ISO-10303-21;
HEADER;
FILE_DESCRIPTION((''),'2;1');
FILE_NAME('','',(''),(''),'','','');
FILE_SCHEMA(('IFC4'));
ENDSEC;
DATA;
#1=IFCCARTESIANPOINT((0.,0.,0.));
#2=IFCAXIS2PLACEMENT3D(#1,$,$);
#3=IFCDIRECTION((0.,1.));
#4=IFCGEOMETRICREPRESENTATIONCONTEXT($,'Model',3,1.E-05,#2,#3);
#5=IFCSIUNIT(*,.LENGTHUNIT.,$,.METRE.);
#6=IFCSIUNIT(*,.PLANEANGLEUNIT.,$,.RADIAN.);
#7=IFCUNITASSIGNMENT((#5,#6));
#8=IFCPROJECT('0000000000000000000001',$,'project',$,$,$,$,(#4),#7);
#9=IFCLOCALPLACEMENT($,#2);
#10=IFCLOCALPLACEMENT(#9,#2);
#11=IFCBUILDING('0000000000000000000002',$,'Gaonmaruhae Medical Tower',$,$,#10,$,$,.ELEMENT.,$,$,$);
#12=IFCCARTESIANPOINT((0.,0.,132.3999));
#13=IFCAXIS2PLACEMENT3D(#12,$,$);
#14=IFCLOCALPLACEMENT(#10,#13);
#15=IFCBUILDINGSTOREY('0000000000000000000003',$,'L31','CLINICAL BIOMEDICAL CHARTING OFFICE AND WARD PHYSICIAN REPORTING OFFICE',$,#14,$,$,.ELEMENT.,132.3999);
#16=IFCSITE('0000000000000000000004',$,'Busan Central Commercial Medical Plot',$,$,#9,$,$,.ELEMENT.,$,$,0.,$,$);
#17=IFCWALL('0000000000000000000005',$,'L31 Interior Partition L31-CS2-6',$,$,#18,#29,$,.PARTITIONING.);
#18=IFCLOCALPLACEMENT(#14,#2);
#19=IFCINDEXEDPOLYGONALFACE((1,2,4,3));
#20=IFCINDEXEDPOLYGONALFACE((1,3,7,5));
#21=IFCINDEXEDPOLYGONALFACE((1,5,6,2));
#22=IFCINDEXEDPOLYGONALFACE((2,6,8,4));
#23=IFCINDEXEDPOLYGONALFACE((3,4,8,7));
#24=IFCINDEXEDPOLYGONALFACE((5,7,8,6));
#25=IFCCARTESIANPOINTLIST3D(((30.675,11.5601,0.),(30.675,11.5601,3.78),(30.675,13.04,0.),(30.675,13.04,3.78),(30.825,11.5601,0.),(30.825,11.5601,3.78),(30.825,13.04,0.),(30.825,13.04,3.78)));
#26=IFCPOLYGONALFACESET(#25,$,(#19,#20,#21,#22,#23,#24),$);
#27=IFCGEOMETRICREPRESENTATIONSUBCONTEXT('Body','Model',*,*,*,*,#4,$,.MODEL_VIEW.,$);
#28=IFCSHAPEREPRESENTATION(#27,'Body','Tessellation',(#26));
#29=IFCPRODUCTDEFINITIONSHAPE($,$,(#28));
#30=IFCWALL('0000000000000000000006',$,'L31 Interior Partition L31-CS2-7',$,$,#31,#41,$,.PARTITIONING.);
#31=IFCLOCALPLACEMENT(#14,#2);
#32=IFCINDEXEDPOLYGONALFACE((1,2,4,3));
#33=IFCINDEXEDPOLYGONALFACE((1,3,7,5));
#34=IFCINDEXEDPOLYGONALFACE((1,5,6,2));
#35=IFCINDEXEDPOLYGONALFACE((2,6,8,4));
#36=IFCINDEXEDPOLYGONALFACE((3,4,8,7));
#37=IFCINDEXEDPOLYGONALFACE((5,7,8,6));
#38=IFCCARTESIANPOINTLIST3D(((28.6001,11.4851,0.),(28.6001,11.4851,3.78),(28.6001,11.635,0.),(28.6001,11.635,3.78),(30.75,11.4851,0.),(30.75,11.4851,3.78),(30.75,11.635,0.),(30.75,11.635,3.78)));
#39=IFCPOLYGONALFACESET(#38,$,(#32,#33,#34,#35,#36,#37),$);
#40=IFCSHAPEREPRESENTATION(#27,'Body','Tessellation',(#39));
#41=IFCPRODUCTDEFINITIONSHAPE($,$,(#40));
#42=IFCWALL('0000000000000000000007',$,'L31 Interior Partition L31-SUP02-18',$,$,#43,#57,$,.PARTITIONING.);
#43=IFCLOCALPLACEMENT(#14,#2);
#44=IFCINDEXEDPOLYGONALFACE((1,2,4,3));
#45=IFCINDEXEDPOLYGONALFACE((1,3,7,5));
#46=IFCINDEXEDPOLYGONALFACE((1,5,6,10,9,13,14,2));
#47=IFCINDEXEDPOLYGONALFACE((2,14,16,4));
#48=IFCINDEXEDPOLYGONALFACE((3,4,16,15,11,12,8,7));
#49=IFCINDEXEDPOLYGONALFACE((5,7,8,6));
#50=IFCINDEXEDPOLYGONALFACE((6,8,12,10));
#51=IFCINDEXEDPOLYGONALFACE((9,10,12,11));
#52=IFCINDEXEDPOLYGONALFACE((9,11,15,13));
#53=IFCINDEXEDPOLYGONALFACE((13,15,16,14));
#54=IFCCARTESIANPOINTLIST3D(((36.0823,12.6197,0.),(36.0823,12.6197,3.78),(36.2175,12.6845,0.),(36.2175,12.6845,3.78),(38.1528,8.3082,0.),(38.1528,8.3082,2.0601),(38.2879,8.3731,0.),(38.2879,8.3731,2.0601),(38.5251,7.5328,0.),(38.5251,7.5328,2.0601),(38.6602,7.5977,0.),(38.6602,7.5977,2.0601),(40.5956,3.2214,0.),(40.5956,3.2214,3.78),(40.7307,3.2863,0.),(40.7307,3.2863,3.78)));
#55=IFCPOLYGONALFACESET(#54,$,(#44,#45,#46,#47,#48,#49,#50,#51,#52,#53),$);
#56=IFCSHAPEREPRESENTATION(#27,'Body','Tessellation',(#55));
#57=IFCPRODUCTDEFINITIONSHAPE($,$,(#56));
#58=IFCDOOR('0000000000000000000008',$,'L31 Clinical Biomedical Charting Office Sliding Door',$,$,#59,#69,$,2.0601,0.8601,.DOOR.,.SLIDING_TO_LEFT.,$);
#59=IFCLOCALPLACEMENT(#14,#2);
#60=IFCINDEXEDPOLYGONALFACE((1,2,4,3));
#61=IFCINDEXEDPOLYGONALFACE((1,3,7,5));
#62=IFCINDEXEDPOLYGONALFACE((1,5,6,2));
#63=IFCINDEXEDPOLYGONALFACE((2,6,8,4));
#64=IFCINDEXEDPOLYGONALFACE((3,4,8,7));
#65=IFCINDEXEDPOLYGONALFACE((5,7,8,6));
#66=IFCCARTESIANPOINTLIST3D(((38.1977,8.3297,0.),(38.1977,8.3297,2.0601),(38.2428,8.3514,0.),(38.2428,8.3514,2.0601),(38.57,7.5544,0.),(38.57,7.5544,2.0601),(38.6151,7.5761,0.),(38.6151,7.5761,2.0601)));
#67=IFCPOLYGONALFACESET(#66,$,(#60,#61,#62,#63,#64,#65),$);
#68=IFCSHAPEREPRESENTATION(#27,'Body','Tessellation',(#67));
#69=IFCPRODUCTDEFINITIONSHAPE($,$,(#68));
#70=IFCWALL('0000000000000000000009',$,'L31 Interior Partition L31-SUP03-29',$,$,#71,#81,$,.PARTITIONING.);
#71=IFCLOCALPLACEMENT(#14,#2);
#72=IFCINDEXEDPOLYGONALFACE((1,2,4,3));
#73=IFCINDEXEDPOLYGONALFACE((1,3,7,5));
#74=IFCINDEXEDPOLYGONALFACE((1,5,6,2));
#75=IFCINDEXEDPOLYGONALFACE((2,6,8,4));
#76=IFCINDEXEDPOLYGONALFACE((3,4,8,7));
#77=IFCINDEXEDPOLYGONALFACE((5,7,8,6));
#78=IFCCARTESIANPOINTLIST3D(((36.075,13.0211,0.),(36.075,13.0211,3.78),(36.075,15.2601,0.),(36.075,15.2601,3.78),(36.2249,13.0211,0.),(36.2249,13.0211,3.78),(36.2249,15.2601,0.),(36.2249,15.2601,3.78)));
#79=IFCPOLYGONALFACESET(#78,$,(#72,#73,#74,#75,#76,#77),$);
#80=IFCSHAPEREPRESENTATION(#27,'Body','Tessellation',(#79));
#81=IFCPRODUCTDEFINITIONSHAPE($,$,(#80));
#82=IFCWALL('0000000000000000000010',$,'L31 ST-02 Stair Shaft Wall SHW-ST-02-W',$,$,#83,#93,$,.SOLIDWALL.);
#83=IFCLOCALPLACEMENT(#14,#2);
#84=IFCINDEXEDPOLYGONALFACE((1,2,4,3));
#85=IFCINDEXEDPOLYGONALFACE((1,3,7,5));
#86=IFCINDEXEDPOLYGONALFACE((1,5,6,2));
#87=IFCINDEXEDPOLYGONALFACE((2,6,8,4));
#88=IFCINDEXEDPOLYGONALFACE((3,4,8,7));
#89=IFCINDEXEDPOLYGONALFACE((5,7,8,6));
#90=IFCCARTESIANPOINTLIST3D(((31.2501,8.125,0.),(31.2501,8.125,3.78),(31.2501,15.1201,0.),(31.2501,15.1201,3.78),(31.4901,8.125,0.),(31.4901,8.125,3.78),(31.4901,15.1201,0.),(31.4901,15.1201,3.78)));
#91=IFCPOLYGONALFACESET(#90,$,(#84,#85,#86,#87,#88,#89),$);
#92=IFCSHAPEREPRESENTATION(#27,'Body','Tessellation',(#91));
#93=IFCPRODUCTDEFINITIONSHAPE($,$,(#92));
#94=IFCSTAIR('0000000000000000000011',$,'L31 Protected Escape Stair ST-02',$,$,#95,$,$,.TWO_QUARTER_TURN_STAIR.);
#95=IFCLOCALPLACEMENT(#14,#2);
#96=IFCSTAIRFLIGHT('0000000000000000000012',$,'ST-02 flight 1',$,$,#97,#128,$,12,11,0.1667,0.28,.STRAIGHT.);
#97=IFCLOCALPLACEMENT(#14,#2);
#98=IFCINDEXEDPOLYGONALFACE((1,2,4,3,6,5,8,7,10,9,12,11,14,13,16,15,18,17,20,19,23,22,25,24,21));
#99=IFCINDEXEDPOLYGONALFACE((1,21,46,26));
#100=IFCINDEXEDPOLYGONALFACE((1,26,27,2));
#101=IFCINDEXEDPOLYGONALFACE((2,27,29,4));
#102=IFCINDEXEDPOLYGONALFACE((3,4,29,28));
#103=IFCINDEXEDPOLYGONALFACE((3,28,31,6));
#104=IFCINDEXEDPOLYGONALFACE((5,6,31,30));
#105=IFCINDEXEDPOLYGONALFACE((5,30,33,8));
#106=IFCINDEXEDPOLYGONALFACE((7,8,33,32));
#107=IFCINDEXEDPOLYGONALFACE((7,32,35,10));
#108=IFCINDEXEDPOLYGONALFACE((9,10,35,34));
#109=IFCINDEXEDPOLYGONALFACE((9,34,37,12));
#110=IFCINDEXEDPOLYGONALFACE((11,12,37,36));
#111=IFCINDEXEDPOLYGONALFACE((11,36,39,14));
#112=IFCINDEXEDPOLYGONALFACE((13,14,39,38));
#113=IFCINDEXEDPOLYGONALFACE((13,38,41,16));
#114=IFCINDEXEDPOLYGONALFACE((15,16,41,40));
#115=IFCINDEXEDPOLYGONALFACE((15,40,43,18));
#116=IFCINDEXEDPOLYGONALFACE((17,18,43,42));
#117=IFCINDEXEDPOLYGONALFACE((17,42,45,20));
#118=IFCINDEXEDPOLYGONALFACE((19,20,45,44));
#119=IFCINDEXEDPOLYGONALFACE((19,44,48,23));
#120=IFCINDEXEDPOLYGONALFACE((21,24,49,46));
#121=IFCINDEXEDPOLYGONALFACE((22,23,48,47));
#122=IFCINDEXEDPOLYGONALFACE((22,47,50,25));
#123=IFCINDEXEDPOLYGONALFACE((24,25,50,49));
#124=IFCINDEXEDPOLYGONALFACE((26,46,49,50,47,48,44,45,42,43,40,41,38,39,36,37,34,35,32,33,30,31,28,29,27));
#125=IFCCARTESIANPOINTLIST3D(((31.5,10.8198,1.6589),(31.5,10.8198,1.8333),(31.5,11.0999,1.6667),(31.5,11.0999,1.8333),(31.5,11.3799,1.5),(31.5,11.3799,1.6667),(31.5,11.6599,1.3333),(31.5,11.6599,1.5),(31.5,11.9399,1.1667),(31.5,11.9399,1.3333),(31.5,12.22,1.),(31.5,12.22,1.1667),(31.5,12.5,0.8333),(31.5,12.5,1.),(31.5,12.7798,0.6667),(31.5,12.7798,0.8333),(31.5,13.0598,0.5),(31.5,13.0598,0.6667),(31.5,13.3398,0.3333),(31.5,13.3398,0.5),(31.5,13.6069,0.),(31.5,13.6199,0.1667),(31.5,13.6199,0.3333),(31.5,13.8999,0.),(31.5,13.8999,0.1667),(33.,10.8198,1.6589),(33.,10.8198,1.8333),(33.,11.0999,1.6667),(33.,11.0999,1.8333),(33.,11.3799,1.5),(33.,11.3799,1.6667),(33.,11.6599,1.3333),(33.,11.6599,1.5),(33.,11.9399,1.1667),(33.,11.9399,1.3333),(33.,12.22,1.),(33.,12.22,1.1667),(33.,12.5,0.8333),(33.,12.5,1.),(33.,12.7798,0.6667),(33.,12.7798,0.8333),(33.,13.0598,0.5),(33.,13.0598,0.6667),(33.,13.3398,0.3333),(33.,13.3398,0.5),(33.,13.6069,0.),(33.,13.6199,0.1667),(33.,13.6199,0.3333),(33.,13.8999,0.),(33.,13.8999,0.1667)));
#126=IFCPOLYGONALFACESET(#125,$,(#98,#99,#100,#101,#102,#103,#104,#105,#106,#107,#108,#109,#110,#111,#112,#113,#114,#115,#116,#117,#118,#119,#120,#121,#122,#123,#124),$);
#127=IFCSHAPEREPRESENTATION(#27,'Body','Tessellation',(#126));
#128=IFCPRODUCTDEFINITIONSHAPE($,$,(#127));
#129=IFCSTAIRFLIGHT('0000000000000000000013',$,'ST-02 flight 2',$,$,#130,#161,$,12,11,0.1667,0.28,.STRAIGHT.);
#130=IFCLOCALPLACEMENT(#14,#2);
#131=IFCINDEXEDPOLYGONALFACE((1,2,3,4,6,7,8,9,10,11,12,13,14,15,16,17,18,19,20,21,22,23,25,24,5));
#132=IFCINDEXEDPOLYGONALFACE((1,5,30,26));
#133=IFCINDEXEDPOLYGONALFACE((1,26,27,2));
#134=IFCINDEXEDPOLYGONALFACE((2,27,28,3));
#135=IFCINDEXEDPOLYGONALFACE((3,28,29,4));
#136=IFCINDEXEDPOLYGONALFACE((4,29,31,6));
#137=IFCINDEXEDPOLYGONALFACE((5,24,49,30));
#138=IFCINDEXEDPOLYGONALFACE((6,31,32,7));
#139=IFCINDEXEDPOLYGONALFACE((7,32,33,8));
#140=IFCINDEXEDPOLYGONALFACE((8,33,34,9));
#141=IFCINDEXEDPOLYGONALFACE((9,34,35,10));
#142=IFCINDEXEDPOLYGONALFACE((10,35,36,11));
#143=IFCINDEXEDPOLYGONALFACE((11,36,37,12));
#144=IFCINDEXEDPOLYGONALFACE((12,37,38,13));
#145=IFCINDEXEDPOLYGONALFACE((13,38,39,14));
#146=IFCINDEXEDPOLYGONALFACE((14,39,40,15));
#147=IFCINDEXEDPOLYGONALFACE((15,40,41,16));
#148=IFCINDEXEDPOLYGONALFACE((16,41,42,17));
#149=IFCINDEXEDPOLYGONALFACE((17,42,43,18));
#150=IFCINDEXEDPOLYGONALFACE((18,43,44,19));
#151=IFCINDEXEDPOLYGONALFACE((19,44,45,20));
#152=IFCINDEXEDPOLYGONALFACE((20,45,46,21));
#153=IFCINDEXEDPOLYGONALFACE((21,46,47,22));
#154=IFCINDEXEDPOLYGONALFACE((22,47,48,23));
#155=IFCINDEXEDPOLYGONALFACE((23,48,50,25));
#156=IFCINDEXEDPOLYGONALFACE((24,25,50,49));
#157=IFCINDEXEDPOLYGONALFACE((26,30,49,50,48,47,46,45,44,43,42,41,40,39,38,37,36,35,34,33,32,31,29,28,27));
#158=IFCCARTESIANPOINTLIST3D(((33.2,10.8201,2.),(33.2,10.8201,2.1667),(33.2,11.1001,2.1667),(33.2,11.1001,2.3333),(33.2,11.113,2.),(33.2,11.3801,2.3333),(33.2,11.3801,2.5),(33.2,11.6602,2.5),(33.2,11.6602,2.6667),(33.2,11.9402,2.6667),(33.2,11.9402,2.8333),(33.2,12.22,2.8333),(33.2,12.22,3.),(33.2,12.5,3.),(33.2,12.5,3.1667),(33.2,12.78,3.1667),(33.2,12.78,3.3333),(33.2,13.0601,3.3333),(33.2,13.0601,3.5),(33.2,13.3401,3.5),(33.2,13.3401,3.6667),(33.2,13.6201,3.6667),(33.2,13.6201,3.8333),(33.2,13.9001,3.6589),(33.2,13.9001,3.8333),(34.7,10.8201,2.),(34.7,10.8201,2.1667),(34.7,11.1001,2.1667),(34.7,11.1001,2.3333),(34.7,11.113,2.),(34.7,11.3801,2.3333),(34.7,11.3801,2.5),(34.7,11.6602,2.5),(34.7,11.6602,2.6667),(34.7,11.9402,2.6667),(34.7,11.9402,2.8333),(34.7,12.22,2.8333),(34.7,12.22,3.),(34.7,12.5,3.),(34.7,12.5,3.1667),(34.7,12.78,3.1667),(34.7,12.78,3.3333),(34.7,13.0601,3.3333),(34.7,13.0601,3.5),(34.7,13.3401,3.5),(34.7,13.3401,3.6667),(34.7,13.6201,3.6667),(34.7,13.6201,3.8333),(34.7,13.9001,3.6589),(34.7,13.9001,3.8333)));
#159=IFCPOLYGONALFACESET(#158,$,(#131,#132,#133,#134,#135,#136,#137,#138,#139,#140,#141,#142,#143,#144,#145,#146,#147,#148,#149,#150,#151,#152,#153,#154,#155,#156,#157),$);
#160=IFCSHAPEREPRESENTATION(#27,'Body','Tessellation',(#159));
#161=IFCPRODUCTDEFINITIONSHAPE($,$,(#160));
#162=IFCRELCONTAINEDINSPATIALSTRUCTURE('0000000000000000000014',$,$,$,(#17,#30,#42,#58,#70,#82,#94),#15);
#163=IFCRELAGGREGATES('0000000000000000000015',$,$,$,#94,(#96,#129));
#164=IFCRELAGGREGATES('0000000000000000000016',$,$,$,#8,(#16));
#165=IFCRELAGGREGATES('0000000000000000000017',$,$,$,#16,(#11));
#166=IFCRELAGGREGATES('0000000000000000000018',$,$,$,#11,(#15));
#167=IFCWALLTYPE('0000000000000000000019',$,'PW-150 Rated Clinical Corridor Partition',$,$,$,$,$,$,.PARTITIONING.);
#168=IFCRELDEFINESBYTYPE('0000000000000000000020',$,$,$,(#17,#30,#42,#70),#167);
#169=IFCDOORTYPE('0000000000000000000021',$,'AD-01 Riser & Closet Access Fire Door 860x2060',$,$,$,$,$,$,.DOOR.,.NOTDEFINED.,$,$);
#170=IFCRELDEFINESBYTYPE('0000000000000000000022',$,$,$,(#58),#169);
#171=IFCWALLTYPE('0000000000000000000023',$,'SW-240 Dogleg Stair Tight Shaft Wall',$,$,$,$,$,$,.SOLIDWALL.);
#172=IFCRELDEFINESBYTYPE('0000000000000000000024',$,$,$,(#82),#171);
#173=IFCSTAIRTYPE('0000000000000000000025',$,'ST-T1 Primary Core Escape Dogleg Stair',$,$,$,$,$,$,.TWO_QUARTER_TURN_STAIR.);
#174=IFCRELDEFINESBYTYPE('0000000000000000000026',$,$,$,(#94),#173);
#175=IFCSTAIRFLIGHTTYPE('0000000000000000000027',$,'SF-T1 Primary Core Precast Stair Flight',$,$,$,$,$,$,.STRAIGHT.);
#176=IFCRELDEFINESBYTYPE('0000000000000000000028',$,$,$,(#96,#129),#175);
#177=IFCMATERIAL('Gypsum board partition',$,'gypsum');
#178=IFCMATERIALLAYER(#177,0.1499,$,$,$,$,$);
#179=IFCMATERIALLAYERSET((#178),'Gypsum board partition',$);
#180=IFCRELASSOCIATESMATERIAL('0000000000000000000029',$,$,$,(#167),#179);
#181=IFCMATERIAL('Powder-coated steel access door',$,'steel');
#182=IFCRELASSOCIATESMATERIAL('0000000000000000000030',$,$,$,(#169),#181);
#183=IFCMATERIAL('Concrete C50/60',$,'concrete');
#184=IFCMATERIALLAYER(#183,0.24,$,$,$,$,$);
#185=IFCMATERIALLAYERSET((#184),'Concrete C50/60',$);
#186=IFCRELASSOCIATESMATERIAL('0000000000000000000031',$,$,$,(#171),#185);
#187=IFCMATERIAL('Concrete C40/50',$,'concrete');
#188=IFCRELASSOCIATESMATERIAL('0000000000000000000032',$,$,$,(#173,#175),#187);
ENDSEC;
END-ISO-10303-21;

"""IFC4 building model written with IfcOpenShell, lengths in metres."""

from ifc_helpers import new_model, si_unit, direction, frame, frame_2d, origin, place, context, subcontext, project, spatial, polyline, rectangle, outline, extrude, material, layer, layer_set, type_object, element, fill, aggregate, save


model = new_model("IFC4")

# Units and contexts
model_context = context("Model", 3, precision=1e-05, world=origin(), true_north=direction((0.0, 1.0)))
body_context = subcontext(model_context, "Body", "Model", "MODEL_VIEW")
ifc_project = project(units=[si_unit("LENGTHUNIT", "METRE"), si_unit("PLANEANGLEUNIT", "RADIAN")], contexts=[model_context])

# Site, building, storey
site_placement = place(None, origin())
site = spatial("IfcSite", under=ifc_project, at=site_placement, Name="Busan Central Commercial Medical Plot", CompositionType="ELEMENT", RefElevation=0.0)
building_placement = place(site_placement, origin())
building = spatial("IfcBuilding", under=site, at=building_placement, Name="Gaonmaruhae Medical Tower", CompositionType="ELEMENT")
storey_placement = place(building_placement, frame((0.0, 0.0, 132.3999)))
storey = spatial("IfcBuildingStorey", under=building, at=storey_placement, Name="L31", Description="CLINICAL BIOMEDICAL CHARTING OFFICE AND WARD PHYSICIAN REPORTING OFFICE", CompositionType="ELEMENT", Elevation=132.3999)

# Shared definitions
ifc_material_1 = material(Name="Gypsum board partition", Category="gypsum")
ifc_layer_1 = layer(ifc_material_1, 0.1499)
ifc_layer_set_1 = layer_set([ifc_layer_1], Name="Gypsum board partition")
wall_type_1 = type_object("IfcWallType", Name="PW-150 Rated Clinical Corridor Partition", PredefinedType="PARTITIONING", material=ifc_layer_set_1)

# Walls
wall_1_placement = place(storey_placement, frame((30.75, 13.04, 0.0), z_axis=(0.0, 0.0, 1.0), x_axis=(0.0, -1.0, 0.0)))
element("IfcWall", 1, at=wall_1_placement, inside=storey, type_object=wall_type_1, Name="L31 Interior Partition L31-CS2-6", PredefinedType="PARTITIONING", context=body_context, shape_type="SweptSolid", body=[
    extrude(rectangle(XDim=1.48, YDim=0.1499, at=frame_2d((0.74, 0.0))), origin(), (0.0, 0.0, 1.0), 3.78),
])
wall_2_placement = place(storey_placement, frame((30.75, 11.5601, 0.0), z_axis=(0.0, 0.0, 1.0), x_axis=(-1.0, 0.0, 0.0)))
element("IfcWall", 2, at=wall_2_placement, inside=storey, type_object=wall_type_1, Name="L31 Interior Partition L31-CS2-7", PredefinedType="PARTITIONING", context=body_context, shape_type="SweptSolid", body=[
    extrude(rectangle(XDim=2.1499, YDim=0.1499, at=frame_2d((1.075, 0.0))), origin(), (0.0, 0.0, 1.0), 3.78),
])

# Wall, opening, door
wall_3_placement = place(storey_placement, frame((36.1499, 12.6521, 0.0), z_axis=(0.0, 0.0, 1.0), x_axis=(0.432891, -0.901446, 0.0)))
wall_3 = element("IfcWall", 3, at=wall_3_placement, inside=storey, type_object=wall_type_1, Name="L31 Interior Partition L31-SUP02-18", PredefinedType="PARTITIONING", context=body_context, shape_type="SweptSolid", body=[
    extrude(rectangle(XDim=10.4258, YDim=0.1499, at=frame_2d((5.2129, 0.0))), origin(), (0.0, 0.0, 1.0), 3.78),
])
opening_1_placement = place(wall_3_placement, frame((4.7827, 0.0, 0.0)))
opening_1 = element("IfcOpeningElement", 4, at=opening_1_placement, cuts=wall_3, PredefinedType="OPENING", context=body_context, shape_type="SweptSolid", body=[
    extrude(rectangle(XDim=0.8601, YDim=2.0601, at=frame_2d((0.4302, 1.03))), frame((0.0, 0.085, 0.0), z_axis=(0.0, -1.0, 0.0), x_axis=(1.0, 0.0, 0.0)), (0.0, 0.0, 1.0), 0.1699),
])
ifc_material_2 = material(Name="Powder-coated steel access door", Category="steel")
door_type_1 = type_object("IfcDoorType", Name="AD-01 Riser & Closet Access Fire Door 860x2060", OperationType="NOTDEFINED", PredefinedType="DOOR", material=ifc_material_2)
door_1_placement = place(opening_1_placement, origin())
door_1 = element("IfcDoor", 5, at=door_1_placement, inside=storey, type_object=door_type_1, Name="L31 Clinical Biomedical Charting Office Sliding Door", OperationType="SLIDING_TO_LEFT", OverallHeight=2.0601, OverallWidth=0.8601, PredefinedType="DOOR", context=body_context, shape_type="SweptSolid", body=[
    extrude(rectangle(XDim=0.8601, YDim=2.0601, at=frame_2d((0.4302, 1.03))), frame((0.0, 0.0249, 0.0), z_axis=(0.0, -1.0, 0.0), x_axis=(1.0, 0.0, 0.0)), (0.0, 0.0, 1.0), 0.05),
])
fill(opening_1, door_1)

# Walls
wall_4_placement = place(storey_placement, frame((36.1499, 13.021, 0.0), z_axis=(0.0, 0.0, 1.0), x_axis=(0.0, 1.0, 0.0)))
element("IfcWall", 6, at=wall_4_placement, inside=storey, type_object=wall_type_1, Name="L31 Interior Partition L31-SUP03-29", PredefinedType="PARTITIONING", context=body_context, shape_type="SweptSolid", body=[
    extrude(rectangle(XDim=2.239, YDim=0.1499, at=frame_2d((1.1196, 0.0))), origin(), (0.0, 0.0, 1.0), 3.78),
])
ifc_material_3 = material(Name="Concrete C50/60", Category="concrete")
ifc_layer_2 = layer(ifc_material_3, 0.24)
ifc_layer_set_2 = layer_set([ifc_layer_2], Name="Concrete C50/60")
wall_type_2 = type_object("IfcWallType", Name="SW-240 Dogleg Stair Tight Shaft Wall", PredefinedType="SOLIDWALL", material=ifc_layer_set_2)
wall_5_placement = place(storey_placement, frame((31.3701, 8.125, 0.0), z_axis=(0.0, 0.0, 1.0), x_axis=(0.0, 1.0, 0.0)))
element("IfcWall", 7, at=wall_5_placement, inside=storey, type_object=wall_type_2, Name="L31 ST-02 Stair Shaft Wall SHW-ST-02-W", PredefinedType="SOLIDWALL", context=body_context, shape_type="SweptSolid", body=[
    extrude(rectangle(XDim=6.9951, YDim=0.24, at=frame_2d((3.4976, 0.0))), origin(), (0.0, 0.0, 1.0), 3.78),
])

# Stair, stair flights
ifc_material_4 = material(Name="Concrete C40/50", Category="concrete")
stair_type = type_object("IfcStairType", Name="ST-T1 Primary Core Escape Dogleg Stair", PredefinedType="TWO_QUARTER_TURN_STAIR", material=ifc_material_4)
stair_placement = place(storey_placement, origin())
stair = element("IfcStair", 8, at=stair_placement, inside=storey, type_object=stair_type, Name="L31 Protected Escape Stair ST-02", PredefinedType="TWO_QUARTER_TURN_STAIR")
stair_flight_type = type_object("IfcStairFlightType", Name="SF-T1 Primary Core Precast Stair Flight", PredefinedType="STRAIGHT", material=ifc_material_4)
stair_flight_1_placement = place(storey_placement, frame((32.25, 13.8999, 0.0), z_axis=(0.0, 0.0, 1.0), x_axis=(0.0, -1.0, 0.0)))
stair_flight_1 = element("IfcStairFlight", 9, at=stair_flight_1_placement, type_object=stair_flight_type, Name="ST-02 flight 1", NumberOfRisers=12, NumberOfTreads=11, PredefinedType="STRAIGHT", RiserHeight=0.1667, TreadLength=0.28, context=body_context, shape_type="SweptSolid", body=[
    extrude(outline(polyline([(0.0, 0.0), (0.0, 0.1667), (0.28, 0.1667), (0.28, 0.3333), (0.5601, 0.3333), (0.5601, 0.5), (0.8401, 0.5), (0.8401, 0.6667), (1.1201, 0.6667), (1.1201, 0.8333), (1.3999, 0.8333), (1.3999, 1.0), (1.6799, 1.0), (1.6799, 1.1667), (1.96, 1.1667), (1.96, 1.3333), (2.24, 1.3333), (2.24, 1.5), (2.52, 1.5), (2.52, 1.6667), (2.8, 1.6667), (2.8, 1.8333), (3.0801, 1.8333), (3.0801, 2.0), (3.0801, 1.6589), (0.293, 0.0), (0.0, 0.0)])), frame((0.0, 0.75, 0.0), z_axis=(0.0, -1.0, 0.0), x_axis=(1.0, 0.0, 0.0)), (0.0, 0.0, 1.0), 1.5),
])
stair_flight_2_placement = place(storey_placement, frame((33.95, 10.8201, 2.0), z_axis=(0.0, 0.0, 1.0), x_axis=(0.0, 1.0, 0.0)))
stair_flight_2 = element("IfcStairFlight", 10, at=stair_flight_2_placement, type_object=stair_flight_type, Name="ST-02 flight 2", NumberOfRisers=12, NumberOfTreads=11, PredefinedType="STRAIGHT", RiserHeight=0.1667, TreadLength=0.28, context=body_context, shape_type="SweptSolid", body=[
    extrude(outline(polyline([(0.0, 0.0), (0.0, 0.1667), (0.28, 0.1667), (0.28, 0.3333), (0.5601, 0.3333), (0.5601, 0.5), (0.8401, 0.5), (0.8401, 0.6667), (1.1201, 0.6667), (1.1201, 0.8333), (1.3999, 0.8333), (1.3999, 1.0), (1.6799, 1.0), (1.6799, 1.1667), (1.96, 1.1667), (1.96, 1.3333), (2.24, 1.3333), (2.24, 1.5), (2.52, 1.5), (2.52, 1.6667), (2.8, 1.6667), (2.8, 1.8333), (3.0801, 1.8333), (3.0801, 2.0), (3.0801, 1.6589), (0.293, 0.0), (0.0, 0.0)])), frame((0.0, 0.75, 0.0), z_axis=(0.0, -1.0, 0.0), x_axis=(1.0, 0.0, 0.0)), (0.0, 0.0, 1.0), 1.5),
])
aggregate(stair, [stair_flight_1, stair_flight_2])

save(model, "model.ifc")
